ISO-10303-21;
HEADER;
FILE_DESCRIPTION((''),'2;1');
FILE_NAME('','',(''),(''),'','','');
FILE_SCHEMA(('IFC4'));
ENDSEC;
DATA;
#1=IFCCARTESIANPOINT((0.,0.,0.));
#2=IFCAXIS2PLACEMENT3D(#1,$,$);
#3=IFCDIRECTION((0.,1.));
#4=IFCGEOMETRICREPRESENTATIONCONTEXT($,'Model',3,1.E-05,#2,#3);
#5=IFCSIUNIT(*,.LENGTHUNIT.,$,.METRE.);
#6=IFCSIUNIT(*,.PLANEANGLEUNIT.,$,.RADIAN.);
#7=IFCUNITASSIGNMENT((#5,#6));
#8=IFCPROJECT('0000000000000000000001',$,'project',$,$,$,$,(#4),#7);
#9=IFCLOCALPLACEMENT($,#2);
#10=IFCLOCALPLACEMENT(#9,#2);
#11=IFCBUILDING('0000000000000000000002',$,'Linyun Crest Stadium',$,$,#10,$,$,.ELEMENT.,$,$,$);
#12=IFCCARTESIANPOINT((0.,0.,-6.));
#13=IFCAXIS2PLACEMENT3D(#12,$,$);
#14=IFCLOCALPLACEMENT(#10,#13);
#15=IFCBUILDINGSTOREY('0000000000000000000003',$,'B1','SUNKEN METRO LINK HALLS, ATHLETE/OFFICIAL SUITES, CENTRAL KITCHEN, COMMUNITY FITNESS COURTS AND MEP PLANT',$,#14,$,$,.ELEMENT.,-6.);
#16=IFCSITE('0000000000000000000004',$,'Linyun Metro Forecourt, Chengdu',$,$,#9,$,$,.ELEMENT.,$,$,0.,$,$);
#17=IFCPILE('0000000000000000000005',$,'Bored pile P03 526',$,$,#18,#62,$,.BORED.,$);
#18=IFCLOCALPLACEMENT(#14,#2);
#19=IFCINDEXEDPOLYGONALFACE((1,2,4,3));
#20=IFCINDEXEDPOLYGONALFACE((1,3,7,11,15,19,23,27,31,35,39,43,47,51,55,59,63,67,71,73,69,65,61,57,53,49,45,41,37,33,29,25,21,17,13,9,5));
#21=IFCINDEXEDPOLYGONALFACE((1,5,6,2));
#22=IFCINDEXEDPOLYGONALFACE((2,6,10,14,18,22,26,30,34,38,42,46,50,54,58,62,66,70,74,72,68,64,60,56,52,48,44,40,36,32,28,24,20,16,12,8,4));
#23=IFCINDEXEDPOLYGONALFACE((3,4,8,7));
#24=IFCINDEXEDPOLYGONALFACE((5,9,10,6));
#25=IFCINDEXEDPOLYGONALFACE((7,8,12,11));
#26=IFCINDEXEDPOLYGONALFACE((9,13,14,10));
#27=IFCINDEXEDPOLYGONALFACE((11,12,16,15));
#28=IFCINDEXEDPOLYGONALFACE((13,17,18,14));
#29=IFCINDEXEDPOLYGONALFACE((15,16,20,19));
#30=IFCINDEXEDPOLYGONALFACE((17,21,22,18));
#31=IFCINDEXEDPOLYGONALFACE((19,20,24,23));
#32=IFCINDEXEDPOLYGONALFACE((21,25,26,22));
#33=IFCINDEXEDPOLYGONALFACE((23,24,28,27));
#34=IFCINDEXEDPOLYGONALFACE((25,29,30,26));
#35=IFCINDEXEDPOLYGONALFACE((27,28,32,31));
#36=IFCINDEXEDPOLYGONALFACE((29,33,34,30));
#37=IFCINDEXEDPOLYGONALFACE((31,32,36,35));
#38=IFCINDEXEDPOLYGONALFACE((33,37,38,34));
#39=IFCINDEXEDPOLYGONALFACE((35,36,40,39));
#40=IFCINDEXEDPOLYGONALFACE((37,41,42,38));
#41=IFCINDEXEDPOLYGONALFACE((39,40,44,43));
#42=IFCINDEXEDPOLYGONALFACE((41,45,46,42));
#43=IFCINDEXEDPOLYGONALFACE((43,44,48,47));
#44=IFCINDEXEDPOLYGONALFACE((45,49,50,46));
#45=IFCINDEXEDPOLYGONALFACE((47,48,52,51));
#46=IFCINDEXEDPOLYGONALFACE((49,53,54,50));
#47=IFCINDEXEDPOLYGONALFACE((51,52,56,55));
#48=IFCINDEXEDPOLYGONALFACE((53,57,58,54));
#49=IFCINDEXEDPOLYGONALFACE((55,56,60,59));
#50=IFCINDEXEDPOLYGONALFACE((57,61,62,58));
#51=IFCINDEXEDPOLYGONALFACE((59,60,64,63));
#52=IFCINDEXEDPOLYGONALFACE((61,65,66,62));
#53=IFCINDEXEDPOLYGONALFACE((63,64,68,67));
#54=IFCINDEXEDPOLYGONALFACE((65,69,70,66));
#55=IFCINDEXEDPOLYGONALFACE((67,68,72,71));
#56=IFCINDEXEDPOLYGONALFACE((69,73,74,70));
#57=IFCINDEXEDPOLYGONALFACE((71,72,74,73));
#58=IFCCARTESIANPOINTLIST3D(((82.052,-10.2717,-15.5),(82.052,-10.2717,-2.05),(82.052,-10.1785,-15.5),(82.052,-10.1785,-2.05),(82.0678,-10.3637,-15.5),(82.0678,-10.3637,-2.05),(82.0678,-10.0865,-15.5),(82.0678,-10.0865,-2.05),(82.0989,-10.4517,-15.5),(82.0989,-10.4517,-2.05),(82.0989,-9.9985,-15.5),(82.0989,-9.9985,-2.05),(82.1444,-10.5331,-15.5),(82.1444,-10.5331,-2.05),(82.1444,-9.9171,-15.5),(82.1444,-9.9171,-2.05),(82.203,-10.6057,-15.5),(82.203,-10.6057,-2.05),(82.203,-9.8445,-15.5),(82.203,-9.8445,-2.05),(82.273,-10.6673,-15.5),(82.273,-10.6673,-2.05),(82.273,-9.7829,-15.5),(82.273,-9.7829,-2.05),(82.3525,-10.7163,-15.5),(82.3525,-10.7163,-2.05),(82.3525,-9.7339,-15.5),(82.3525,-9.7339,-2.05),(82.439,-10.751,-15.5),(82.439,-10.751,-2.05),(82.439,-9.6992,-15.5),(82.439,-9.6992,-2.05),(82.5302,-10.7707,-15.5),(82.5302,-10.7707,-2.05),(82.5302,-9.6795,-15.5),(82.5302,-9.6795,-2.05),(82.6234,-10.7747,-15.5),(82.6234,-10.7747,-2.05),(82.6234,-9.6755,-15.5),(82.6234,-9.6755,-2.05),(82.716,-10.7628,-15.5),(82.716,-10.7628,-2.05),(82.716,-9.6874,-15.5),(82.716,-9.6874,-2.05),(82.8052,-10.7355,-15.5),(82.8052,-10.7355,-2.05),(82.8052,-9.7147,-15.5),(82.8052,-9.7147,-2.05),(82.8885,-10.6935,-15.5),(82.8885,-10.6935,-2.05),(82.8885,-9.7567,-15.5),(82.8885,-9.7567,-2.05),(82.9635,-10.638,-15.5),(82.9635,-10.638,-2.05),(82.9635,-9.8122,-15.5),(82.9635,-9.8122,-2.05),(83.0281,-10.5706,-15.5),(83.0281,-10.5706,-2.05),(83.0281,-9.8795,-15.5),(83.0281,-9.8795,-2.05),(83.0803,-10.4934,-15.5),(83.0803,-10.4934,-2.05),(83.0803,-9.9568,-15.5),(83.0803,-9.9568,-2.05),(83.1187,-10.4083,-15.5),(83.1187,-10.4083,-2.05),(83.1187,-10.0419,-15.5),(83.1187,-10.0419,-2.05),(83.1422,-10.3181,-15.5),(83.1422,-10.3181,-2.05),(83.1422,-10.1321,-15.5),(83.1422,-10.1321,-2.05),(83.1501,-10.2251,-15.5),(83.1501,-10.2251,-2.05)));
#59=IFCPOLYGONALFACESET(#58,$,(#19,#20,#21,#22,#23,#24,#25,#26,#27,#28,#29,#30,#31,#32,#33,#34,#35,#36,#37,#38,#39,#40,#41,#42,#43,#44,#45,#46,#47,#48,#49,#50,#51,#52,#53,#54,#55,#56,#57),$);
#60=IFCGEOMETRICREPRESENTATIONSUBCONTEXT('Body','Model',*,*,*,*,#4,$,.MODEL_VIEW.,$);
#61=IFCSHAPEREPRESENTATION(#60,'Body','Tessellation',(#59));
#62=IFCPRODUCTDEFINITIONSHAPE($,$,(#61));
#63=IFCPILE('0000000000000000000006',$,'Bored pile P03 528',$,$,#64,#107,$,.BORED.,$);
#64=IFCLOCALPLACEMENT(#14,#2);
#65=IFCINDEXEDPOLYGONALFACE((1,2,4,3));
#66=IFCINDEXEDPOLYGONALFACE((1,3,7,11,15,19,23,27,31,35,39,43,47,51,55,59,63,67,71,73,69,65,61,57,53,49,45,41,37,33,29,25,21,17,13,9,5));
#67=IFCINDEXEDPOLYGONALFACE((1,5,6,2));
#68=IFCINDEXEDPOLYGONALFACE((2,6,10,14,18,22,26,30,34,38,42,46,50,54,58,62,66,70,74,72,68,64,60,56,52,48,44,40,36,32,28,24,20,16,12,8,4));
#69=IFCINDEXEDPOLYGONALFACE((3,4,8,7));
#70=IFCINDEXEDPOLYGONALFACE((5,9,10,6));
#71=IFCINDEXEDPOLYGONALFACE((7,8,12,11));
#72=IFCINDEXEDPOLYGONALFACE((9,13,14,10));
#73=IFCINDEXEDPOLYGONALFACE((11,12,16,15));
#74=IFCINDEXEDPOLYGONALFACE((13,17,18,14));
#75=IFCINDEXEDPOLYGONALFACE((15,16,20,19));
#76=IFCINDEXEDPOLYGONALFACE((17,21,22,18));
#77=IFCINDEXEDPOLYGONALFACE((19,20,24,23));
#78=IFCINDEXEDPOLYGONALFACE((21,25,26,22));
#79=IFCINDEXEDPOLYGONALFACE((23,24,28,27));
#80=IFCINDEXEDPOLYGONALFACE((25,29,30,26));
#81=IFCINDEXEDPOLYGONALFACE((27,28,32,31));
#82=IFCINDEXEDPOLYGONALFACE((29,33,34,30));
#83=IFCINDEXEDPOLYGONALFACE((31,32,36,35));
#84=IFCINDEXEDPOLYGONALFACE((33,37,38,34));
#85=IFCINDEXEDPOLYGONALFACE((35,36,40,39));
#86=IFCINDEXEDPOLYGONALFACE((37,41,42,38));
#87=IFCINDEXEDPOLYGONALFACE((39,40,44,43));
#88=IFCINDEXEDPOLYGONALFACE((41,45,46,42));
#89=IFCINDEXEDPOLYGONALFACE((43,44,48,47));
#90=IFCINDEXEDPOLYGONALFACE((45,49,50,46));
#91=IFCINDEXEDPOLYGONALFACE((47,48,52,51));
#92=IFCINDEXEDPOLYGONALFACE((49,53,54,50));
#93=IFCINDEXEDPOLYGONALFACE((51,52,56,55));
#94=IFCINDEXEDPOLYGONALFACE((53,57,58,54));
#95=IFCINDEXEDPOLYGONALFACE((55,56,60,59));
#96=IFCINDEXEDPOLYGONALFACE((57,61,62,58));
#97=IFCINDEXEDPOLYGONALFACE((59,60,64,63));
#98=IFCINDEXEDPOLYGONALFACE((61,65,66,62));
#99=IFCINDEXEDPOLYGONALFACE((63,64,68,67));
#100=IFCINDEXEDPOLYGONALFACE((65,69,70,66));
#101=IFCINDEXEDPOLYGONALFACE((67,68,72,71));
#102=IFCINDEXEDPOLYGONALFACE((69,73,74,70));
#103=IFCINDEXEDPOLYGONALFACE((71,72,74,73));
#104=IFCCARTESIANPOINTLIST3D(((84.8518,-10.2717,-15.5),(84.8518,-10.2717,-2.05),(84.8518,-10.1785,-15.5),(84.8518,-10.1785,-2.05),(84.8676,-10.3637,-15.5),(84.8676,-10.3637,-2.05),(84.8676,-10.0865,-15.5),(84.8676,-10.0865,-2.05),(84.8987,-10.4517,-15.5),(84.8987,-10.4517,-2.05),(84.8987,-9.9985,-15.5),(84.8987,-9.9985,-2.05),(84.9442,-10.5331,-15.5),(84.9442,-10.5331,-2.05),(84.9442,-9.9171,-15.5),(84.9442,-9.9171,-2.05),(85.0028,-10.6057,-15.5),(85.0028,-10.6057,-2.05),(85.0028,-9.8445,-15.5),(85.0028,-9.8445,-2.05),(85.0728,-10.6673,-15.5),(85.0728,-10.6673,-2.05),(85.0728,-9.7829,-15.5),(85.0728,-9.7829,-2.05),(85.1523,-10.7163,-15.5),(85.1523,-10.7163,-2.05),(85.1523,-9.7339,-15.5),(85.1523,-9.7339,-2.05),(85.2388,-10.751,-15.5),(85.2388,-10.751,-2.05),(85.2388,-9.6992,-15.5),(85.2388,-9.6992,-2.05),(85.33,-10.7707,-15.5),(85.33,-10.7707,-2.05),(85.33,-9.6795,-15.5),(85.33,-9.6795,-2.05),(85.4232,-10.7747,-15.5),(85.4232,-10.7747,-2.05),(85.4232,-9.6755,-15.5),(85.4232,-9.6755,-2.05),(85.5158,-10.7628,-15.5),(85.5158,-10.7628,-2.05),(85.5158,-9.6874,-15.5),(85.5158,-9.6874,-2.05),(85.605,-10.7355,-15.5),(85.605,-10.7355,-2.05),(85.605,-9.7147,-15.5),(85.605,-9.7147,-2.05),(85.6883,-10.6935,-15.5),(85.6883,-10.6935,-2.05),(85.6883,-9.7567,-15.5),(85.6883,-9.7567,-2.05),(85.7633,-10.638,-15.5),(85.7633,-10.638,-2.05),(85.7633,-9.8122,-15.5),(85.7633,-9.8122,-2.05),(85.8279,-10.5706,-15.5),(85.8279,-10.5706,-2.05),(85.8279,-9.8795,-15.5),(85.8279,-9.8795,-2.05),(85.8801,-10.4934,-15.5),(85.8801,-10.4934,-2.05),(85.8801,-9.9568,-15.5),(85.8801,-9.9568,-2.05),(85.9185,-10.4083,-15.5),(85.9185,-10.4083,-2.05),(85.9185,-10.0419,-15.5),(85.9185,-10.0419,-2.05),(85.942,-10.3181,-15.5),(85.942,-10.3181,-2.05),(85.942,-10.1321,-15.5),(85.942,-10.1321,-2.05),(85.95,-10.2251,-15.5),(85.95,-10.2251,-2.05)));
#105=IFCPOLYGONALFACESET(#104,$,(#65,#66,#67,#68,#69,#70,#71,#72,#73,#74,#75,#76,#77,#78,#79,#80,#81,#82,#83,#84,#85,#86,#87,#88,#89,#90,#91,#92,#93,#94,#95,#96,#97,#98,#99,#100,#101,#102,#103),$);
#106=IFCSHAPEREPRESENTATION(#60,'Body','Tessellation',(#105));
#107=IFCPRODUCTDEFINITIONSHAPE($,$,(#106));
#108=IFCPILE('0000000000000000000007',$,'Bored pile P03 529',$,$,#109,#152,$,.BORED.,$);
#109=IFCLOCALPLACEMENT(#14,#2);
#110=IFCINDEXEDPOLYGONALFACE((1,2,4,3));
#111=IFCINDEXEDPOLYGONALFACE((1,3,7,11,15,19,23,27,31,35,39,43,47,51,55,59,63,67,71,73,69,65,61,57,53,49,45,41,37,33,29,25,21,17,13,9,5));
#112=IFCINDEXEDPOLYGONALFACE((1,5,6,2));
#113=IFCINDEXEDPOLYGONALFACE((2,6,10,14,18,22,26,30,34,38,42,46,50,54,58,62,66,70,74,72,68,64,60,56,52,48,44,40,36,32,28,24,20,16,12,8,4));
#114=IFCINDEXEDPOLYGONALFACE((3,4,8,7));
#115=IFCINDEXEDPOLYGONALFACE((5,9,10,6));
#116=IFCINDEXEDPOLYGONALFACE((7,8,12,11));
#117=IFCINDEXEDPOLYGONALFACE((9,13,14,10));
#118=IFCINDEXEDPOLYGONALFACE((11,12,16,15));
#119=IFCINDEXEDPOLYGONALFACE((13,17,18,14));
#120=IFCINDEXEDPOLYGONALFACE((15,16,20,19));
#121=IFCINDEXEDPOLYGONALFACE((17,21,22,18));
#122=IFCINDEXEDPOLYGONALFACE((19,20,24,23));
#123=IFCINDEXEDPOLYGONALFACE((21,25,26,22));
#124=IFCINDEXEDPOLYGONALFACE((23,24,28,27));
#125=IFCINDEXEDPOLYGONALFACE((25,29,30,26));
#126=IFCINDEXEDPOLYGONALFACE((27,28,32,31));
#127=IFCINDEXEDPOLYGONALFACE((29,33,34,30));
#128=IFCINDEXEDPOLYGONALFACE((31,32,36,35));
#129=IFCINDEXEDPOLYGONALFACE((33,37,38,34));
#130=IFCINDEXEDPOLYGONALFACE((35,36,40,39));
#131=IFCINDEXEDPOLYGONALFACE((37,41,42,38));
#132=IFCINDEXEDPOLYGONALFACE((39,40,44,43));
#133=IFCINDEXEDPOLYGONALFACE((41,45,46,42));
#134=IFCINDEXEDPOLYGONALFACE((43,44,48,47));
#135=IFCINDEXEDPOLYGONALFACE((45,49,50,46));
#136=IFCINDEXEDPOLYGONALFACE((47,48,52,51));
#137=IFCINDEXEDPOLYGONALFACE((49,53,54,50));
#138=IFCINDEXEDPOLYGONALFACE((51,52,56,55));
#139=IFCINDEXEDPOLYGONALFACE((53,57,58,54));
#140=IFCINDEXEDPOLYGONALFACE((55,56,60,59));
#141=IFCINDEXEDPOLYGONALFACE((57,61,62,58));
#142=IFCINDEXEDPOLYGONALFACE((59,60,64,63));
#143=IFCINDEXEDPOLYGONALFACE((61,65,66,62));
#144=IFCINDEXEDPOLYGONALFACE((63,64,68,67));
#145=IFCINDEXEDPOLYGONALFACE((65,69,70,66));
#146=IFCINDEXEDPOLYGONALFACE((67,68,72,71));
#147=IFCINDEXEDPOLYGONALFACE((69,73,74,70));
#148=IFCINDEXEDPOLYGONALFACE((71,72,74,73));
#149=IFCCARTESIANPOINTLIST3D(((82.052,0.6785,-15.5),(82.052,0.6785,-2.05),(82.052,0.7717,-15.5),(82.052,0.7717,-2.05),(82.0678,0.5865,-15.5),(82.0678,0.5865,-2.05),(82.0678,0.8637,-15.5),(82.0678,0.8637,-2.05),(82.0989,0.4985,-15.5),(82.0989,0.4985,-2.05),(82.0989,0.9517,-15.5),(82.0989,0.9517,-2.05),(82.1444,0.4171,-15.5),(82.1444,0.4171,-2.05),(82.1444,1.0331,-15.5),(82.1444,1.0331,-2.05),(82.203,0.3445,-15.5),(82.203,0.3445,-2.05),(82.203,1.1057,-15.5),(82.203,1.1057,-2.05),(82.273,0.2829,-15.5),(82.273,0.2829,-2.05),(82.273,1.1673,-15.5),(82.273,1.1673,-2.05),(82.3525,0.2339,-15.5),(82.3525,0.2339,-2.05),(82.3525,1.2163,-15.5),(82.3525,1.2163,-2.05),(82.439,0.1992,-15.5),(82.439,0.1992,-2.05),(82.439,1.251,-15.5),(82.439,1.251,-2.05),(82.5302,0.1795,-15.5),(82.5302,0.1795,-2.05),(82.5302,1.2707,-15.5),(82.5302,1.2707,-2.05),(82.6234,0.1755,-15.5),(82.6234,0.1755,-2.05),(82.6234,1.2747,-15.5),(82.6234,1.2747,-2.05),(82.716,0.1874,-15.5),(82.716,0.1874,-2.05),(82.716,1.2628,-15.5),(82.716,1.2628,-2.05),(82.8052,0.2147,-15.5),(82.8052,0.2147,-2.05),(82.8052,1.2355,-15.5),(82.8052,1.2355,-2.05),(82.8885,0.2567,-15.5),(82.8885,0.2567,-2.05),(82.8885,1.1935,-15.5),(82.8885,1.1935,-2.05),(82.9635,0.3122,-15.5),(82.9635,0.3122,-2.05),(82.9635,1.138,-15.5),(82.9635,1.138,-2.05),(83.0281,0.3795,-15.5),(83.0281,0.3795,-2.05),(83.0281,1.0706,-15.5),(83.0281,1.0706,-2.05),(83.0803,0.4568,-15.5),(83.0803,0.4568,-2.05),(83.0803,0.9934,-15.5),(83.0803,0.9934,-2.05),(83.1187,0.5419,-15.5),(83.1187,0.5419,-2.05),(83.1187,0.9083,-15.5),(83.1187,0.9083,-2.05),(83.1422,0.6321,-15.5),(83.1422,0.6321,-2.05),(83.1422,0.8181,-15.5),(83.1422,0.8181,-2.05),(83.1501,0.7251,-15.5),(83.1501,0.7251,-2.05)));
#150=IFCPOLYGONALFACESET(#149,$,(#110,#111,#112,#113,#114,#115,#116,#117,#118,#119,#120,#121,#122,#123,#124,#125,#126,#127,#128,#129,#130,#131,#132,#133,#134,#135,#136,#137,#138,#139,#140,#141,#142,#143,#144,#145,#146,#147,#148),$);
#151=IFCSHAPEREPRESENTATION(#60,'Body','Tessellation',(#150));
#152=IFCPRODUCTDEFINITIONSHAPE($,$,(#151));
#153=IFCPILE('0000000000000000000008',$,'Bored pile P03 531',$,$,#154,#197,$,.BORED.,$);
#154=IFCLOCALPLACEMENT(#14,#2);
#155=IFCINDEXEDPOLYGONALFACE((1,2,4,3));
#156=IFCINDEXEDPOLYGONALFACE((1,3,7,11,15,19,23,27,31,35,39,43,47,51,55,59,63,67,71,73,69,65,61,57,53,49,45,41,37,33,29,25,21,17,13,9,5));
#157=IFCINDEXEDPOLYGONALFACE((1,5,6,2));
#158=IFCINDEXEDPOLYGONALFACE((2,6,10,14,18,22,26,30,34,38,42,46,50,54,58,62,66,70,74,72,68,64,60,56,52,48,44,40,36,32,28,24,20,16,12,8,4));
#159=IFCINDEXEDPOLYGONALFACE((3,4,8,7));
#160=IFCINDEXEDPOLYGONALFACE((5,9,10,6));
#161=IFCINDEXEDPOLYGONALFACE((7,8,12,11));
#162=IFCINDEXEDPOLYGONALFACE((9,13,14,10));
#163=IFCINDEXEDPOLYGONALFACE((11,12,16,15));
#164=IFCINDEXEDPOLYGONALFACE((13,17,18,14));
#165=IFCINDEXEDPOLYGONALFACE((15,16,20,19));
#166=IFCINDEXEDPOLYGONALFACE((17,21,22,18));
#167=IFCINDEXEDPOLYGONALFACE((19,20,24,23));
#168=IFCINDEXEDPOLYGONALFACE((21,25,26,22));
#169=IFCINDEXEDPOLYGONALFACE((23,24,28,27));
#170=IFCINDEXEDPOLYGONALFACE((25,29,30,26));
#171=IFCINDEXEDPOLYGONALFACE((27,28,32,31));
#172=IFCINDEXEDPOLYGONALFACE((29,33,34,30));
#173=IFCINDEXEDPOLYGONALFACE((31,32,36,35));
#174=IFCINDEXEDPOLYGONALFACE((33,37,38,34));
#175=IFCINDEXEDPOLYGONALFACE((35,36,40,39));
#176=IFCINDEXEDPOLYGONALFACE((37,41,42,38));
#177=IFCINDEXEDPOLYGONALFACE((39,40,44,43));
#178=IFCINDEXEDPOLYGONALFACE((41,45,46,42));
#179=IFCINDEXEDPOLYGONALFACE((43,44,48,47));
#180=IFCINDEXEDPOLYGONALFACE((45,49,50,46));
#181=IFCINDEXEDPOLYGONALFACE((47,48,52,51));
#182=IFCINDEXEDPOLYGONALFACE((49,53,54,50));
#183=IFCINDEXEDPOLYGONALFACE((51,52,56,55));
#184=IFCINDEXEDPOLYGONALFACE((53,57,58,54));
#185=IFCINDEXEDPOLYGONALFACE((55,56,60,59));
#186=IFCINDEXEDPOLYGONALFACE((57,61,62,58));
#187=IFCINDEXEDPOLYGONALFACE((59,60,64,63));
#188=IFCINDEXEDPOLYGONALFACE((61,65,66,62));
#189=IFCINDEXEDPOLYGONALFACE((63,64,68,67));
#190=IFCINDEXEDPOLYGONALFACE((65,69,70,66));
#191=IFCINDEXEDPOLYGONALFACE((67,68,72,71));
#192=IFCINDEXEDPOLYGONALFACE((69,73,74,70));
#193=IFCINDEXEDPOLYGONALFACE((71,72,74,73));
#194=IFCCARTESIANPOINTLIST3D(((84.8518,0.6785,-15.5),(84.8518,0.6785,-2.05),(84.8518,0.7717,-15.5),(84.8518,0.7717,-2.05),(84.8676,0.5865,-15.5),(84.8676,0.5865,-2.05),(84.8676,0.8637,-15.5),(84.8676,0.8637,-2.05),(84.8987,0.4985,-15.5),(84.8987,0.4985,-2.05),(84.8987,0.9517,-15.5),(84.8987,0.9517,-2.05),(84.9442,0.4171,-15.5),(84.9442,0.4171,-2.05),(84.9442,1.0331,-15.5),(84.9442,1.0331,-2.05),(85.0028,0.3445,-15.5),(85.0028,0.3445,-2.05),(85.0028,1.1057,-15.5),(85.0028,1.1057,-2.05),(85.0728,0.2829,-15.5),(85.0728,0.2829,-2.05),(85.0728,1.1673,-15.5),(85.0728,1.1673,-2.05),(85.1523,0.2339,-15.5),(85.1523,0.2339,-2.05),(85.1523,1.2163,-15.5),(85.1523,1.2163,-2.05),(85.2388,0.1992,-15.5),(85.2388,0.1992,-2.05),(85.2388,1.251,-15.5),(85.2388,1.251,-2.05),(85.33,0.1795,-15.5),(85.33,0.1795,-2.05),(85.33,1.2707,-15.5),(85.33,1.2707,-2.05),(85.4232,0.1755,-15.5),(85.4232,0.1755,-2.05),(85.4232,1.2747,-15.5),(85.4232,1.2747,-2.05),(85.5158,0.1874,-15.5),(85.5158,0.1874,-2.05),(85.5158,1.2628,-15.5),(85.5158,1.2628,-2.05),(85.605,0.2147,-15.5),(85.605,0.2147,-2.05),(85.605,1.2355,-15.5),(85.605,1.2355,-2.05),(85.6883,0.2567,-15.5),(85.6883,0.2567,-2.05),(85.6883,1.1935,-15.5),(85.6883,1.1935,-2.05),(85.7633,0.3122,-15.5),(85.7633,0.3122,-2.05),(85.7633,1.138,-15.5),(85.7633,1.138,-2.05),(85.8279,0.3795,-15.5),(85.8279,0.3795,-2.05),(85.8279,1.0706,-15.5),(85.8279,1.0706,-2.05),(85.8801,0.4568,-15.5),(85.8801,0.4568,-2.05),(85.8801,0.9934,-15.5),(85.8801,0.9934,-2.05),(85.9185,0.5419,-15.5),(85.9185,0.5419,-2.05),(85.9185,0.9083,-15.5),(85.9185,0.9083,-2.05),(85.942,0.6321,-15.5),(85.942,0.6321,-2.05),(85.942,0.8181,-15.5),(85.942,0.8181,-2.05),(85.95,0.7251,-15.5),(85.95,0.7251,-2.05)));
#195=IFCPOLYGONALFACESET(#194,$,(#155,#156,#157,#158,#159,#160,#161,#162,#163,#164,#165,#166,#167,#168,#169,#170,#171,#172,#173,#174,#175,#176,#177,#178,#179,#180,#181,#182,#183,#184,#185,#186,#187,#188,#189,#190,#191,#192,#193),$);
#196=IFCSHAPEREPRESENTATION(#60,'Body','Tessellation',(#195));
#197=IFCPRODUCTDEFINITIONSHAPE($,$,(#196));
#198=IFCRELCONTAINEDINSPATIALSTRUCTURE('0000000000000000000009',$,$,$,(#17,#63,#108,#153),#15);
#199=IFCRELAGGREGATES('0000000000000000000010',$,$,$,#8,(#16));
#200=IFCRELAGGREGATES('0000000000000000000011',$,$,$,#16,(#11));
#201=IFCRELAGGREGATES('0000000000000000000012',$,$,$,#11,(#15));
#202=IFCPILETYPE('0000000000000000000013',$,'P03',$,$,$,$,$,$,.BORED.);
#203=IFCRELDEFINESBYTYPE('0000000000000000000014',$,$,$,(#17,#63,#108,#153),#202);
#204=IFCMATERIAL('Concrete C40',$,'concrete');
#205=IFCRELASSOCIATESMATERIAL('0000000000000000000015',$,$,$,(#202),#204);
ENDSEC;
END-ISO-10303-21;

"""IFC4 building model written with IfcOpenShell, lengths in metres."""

from ifc_helpers import new_model, si_unit, direction, frame, origin, origin_2d, place, context, subcontext, project, spatial, circle, extrude, material, material_profile, profile_set, type_object, element, save


model = new_model("IFC4")

# Units and contexts
model_context = context("Model", 3, precision=1e-05, world=origin(), true_north=direction((0.0, 1.0)))
body_context = subcontext(model_context, "Body", "Model", "MODEL_VIEW")
ifc_project = project(units=[si_unit("LENGTHUNIT", "METRE"), si_unit("PLANEANGLEUNIT", "RADIAN")], contexts=[model_context])

# Site, building, storey
site_placement = place(None, origin())
site = spatial("IfcSite", under=ifc_project, at=site_placement, Name="Linyun Metro Forecourt, Chengdu", CompositionType="ELEMENT", RefElevation=0.0)
building_placement = place(site_placement, origin())
building = spatial("IfcBuilding", under=site, at=building_placement, Name="Linyun Crest Stadium", CompositionType="ELEMENT")
storey_placement = place(building_placement, frame((0.0, 0.0, -6.0)))
storey = spatial("IfcBuildingStorey", under=building, at=storey_placement, Name="B1", Description="SUNKEN METRO LINK HALLS, ATHLETE/OFFICIAL SUITES, CENTRAL KITCHEN, COMMUNITY FITNESS COURTS AND MEP PLANT", CompositionType="ELEMENT", Elevation=-6.0)

# Piles
ifc_material_1 = material(Name="Concrete C40", Category="concrete")
ifc_material_profile_1 = material_profile(ifc_material_1, circle(Radius=0.55, at=origin_2d()), Name="BORED PILE 1100")
ifc_profile_set_1 = profile_set([ifc_material_profile_1], Name="Concrete C40")
pile_type = type_object("IfcPileType", Name="P03", PredefinedType="BORED", material=ifc_profile_set_1)
for number, where, z_axis, x_axis, name in (
    (1, (82.6001, -10.2251, -2.05), (0.0, 0.0, -1.0), (1.0, 0.0, 0.0), "Bored pile P03 526"),
    (2, (85.3999, -10.2251, -2.05), (0.0, 0.0, -1.0), (1.0, 0.0, 0.0), "Bored pile P03 528"),
    (3, (82.6001, 0.7251, -2.05), (0.0, 0.0, -1.0), (1.0, 0.0, 0.0), "Bored pile P03 529"),
    (4, (85.3999, 0.7251, -2.05), (0.0, 0.0, -1.0), (1.0, 0.0, 0.0), "Bored pile P03 531"),
):
    element("IfcPile", number, at=place(storey_placement, frame(where, z_axis=z_axis, x_axis=x_axis)), inside=storey, type_object=pile_type, Name=name, PredefinedType="BORED", context=body_context, shape_type="SweptSolid", body=[
        extrude(circle(Radius=0.55, at=origin_2d()), origin(), (0.0, 0.0, 1.0), 13.45),
    ])

save(model, "model.ifc")
